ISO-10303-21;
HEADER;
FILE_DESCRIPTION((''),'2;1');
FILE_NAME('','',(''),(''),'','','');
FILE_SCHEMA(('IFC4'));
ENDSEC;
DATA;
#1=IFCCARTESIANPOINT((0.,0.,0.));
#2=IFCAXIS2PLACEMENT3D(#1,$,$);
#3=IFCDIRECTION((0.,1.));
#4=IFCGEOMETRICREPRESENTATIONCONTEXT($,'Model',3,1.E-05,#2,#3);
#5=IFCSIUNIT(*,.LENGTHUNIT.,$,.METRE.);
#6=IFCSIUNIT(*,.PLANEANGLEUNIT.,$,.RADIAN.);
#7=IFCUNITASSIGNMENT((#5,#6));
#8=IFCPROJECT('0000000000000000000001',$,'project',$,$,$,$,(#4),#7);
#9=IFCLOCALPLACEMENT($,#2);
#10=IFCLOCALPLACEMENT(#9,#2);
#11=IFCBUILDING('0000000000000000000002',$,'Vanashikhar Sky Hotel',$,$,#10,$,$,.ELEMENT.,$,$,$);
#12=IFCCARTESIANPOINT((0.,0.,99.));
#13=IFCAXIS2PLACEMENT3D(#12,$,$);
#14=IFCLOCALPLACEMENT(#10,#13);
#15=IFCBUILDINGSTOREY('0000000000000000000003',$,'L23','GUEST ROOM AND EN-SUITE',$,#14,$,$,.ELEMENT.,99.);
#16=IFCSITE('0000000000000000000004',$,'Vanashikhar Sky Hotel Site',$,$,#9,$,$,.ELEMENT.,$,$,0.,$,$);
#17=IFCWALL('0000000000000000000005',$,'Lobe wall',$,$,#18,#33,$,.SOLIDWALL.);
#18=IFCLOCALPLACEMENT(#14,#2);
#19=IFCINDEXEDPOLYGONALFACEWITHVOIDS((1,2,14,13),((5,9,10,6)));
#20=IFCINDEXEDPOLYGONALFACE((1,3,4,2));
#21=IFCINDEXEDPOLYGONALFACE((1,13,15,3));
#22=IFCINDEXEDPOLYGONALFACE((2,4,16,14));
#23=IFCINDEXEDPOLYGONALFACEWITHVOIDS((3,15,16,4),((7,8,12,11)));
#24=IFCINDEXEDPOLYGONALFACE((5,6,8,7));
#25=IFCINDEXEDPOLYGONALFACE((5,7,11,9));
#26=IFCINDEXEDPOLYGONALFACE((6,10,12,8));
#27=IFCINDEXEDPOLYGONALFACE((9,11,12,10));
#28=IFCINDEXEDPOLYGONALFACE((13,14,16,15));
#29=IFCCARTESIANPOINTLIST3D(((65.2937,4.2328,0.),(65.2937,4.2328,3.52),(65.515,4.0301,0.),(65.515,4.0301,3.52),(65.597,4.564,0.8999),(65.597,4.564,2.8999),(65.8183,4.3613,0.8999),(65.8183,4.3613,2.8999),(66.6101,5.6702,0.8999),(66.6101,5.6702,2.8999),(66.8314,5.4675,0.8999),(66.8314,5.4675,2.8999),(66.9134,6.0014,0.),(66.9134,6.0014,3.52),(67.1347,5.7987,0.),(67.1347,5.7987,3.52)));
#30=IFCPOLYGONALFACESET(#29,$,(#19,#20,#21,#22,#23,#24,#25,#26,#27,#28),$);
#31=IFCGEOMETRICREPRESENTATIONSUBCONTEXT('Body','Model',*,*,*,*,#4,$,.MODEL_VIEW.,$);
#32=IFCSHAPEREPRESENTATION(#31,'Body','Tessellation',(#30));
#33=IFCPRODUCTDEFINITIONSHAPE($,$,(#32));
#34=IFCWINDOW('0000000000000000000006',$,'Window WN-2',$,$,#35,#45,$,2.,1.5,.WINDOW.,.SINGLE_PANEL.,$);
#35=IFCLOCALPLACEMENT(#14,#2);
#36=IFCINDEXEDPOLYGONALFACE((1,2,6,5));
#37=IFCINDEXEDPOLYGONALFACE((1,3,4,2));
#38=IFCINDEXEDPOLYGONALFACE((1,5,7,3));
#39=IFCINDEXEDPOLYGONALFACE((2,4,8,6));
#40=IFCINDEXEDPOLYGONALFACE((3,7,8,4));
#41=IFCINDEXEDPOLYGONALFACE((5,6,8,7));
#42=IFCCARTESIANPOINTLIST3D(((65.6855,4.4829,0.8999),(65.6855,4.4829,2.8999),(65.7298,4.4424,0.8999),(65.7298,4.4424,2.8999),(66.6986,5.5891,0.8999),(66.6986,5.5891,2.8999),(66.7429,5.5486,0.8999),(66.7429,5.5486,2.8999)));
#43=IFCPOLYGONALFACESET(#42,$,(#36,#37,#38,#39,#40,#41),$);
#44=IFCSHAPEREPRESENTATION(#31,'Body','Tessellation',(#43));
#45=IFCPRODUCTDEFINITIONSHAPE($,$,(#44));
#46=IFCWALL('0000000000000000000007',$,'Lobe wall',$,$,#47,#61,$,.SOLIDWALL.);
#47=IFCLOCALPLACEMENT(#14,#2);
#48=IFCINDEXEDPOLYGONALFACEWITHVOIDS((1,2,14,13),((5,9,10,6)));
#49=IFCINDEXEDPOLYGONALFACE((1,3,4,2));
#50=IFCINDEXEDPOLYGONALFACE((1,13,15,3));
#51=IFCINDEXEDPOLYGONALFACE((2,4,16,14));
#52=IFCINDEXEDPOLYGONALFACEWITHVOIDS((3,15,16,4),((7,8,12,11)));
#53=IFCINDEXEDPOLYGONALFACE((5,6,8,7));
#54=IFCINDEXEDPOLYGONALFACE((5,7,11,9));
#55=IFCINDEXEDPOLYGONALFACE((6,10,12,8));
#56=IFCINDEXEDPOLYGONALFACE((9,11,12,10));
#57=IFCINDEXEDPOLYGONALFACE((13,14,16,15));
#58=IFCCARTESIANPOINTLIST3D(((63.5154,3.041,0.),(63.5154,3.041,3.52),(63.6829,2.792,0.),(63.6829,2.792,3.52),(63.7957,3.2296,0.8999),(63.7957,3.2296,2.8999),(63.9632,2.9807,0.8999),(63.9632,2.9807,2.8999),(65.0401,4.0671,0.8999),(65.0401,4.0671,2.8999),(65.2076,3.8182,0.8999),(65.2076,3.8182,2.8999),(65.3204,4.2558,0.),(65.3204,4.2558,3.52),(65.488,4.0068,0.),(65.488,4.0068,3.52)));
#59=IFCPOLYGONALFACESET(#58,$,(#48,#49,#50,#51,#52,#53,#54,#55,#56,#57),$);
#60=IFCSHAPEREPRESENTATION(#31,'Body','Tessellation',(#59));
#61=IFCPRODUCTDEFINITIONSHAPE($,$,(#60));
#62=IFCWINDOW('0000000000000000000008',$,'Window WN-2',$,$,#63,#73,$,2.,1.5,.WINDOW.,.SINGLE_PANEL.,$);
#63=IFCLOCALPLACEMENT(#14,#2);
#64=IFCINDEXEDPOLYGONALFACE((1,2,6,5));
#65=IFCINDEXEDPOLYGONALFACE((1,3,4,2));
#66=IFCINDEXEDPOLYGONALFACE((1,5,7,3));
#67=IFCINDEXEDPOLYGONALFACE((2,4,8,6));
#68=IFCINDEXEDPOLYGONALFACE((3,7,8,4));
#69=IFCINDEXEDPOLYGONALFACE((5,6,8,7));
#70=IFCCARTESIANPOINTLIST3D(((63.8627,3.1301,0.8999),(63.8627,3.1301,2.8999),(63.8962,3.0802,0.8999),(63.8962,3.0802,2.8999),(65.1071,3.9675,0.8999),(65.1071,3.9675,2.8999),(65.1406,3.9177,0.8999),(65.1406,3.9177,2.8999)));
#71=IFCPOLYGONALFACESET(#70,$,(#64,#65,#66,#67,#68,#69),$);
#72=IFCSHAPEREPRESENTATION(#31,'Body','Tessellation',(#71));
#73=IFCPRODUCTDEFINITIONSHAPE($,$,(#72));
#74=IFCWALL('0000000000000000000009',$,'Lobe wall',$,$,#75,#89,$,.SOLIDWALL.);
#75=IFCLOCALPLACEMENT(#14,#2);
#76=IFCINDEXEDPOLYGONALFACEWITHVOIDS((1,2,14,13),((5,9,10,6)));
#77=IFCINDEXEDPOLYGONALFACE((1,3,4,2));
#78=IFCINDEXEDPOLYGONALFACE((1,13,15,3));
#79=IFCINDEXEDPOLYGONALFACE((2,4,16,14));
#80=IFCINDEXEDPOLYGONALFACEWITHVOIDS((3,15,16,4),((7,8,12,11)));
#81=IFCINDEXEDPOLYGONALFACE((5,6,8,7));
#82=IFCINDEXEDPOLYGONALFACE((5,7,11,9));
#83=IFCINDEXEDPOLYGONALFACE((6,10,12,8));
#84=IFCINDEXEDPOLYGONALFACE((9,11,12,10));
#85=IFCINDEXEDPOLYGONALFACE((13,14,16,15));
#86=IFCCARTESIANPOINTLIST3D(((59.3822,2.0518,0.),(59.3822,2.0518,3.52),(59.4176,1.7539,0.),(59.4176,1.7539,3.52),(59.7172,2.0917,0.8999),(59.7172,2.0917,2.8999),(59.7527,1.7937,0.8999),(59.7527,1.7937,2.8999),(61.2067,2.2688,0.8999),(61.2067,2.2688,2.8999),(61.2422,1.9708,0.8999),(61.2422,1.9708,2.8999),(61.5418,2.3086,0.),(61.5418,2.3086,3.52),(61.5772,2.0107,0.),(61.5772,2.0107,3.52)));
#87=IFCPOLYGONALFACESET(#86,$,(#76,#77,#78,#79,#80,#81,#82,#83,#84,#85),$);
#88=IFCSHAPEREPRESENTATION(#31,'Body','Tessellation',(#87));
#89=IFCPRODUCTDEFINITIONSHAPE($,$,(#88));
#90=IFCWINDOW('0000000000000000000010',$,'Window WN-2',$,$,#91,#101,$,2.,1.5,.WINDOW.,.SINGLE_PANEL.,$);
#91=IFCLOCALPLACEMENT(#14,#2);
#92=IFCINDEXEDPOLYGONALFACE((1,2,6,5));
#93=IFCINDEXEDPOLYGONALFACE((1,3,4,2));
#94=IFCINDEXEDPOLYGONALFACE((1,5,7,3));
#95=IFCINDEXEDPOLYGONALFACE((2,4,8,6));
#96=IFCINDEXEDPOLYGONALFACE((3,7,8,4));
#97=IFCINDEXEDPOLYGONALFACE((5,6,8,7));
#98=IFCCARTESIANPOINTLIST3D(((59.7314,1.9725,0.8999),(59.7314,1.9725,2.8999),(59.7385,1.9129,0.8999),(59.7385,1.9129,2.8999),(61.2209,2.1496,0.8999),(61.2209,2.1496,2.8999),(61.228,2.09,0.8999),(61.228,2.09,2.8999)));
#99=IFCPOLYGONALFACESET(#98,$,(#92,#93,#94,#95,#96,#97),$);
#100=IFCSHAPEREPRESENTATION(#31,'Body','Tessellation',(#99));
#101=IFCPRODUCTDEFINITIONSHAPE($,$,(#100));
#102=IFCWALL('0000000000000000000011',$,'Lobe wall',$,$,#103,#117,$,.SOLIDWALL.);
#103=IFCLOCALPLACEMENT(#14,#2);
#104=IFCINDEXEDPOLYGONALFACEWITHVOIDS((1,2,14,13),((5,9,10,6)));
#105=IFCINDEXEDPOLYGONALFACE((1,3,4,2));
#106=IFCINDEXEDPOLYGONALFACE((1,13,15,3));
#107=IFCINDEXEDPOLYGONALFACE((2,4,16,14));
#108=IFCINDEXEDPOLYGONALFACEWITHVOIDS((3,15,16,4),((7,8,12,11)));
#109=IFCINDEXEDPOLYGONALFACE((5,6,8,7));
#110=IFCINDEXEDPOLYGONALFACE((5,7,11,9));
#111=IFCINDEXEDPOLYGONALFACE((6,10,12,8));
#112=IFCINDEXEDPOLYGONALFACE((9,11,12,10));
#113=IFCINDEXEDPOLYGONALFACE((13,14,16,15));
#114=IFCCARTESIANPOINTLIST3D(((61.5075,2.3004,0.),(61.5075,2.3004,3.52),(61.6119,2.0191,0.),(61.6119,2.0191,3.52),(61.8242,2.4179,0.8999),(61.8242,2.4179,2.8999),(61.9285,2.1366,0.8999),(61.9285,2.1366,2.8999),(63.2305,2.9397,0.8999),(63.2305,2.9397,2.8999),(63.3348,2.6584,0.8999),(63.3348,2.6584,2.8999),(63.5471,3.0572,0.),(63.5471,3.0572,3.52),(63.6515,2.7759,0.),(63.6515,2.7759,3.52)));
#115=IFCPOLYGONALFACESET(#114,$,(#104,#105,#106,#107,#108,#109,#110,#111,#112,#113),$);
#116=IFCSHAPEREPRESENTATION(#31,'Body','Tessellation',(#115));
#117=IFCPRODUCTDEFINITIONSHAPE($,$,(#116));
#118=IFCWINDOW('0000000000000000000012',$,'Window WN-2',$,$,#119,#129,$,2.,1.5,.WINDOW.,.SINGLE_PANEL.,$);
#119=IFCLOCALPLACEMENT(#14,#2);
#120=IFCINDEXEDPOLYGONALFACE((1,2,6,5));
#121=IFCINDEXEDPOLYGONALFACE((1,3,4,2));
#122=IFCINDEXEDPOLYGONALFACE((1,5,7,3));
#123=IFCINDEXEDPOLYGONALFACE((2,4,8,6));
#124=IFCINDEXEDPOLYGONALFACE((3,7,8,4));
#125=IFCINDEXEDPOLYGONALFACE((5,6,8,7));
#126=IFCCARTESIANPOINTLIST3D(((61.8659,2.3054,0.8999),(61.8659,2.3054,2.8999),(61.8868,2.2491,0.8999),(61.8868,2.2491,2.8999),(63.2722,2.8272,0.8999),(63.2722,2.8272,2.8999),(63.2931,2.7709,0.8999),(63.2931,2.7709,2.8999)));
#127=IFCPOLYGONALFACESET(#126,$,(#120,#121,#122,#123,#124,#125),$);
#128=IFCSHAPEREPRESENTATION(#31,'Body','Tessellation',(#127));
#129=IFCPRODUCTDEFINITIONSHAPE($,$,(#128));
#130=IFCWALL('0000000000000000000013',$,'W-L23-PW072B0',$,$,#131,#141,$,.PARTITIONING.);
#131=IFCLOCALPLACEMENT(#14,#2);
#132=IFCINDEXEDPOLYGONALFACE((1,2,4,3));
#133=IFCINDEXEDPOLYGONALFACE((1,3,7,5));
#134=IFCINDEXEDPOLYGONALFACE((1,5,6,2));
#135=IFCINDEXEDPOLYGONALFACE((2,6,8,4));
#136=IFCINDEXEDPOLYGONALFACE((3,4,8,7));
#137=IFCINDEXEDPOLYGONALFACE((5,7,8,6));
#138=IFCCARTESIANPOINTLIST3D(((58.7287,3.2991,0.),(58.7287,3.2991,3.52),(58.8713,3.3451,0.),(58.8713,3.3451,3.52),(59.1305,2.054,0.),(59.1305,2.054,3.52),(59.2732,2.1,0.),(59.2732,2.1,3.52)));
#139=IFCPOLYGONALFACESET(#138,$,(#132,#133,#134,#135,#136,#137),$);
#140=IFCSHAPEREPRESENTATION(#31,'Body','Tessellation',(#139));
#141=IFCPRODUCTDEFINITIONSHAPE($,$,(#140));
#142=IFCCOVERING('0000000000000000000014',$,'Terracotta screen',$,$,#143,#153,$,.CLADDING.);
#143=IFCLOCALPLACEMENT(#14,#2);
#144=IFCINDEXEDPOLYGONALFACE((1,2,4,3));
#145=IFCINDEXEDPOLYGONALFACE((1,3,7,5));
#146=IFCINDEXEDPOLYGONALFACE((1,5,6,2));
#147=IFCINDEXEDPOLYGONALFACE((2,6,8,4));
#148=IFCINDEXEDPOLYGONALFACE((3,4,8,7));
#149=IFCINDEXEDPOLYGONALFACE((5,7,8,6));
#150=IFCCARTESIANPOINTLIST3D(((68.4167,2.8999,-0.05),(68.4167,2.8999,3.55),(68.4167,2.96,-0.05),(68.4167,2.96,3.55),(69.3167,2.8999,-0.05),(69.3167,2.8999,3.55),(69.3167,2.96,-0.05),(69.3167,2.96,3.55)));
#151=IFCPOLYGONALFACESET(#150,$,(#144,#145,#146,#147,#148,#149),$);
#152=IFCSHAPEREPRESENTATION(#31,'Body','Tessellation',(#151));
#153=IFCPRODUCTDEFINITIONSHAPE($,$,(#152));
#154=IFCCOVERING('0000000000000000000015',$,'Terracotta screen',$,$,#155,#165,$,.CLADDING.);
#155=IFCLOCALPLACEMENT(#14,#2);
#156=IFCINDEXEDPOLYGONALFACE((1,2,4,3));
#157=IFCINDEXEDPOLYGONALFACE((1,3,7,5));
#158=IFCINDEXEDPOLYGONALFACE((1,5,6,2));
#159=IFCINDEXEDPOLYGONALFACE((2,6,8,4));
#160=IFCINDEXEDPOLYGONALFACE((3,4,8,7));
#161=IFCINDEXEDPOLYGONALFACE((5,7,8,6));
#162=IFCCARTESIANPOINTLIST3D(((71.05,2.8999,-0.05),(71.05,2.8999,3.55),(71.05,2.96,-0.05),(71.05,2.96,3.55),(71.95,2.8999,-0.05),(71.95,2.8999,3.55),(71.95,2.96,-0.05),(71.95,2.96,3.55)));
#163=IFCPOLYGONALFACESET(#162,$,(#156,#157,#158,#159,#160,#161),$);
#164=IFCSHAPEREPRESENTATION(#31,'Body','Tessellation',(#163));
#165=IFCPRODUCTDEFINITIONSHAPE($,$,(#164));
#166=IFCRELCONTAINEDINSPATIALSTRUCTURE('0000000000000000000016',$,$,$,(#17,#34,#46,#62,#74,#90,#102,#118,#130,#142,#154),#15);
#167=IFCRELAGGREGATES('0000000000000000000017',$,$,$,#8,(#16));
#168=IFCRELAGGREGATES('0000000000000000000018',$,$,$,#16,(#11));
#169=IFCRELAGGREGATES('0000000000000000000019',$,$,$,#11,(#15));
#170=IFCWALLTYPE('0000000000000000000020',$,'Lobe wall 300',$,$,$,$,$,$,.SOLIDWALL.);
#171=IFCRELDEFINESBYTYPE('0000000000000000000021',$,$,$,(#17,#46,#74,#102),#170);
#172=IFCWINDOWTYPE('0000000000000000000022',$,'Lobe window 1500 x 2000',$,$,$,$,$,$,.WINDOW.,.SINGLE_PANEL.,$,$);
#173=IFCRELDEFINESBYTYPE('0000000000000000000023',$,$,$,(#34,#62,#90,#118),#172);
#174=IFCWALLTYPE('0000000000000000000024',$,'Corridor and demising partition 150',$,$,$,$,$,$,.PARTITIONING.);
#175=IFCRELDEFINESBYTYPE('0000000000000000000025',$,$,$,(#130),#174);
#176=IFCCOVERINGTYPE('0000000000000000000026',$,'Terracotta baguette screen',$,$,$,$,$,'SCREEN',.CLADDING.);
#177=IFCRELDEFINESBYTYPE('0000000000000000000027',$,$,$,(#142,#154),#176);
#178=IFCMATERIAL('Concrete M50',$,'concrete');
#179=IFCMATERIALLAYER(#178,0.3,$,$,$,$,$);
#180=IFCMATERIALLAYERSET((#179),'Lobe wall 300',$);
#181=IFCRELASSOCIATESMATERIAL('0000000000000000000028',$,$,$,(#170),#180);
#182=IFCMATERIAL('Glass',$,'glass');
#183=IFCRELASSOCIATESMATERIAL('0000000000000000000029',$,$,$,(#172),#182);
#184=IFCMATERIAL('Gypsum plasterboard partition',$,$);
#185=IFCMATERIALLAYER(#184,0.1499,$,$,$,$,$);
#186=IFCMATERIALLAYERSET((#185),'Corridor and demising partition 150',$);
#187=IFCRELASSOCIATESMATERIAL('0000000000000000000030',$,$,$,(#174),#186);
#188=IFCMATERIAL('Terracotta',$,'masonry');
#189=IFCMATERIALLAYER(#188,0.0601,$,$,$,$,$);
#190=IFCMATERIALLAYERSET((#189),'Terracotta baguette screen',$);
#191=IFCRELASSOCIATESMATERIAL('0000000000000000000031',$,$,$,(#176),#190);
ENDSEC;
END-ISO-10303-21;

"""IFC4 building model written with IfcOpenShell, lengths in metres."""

from ifc_helpers import new_model, si_unit, direction, frame, frame_2d, origin, origin_2d, place, context, subcontext, project, spatial, rectangle, extrude, source, transform, mapped, material, layer, layer_set, type_object, element, fill, save


model = new_model("IFC4")

# Units and contexts
model_context = context("Model", 3, precision=1e-05, world=origin(), true_north=direction((0.0, 1.0)))
body_context = subcontext(model_context, "Body", "Model", "MODEL_VIEW")
ifc_project = project(units=[si_unit("LENGTHUNIT", "METRE"), si_unit("PLANEANGLEUNIT", "RADIAN")], contexts=[model_context])

# Site, building, storey
site_placement = place(None, origin())
site = spatial("IfcSite", under=ifc_project, at=site_placement, Name="Vanashikhar Sky Hotel Site", CompositionType="ELEMENT", RefElevation=0.0)
building_placement = place(site_placement, origin())
building = spatial("IfcBuilding", under=site, at=building_placement, Name="Vanashikhar Sky Hotel", CompositionType="ELEMENT")
storey_placement = place(building_placement, frame((0.0, 0.0, 99.0)))
storey = spatial("IfcBuildingStorey", under=building, at=storey_placement, Name="L23", Description="GUEST ROOM AND EN-SUITE", CompositionType="ELEMENT", Elevation=99.0)

# Walls, openings, windows
ifc_material_1 = material(Name="Concrete M50", Category="concrete")
ifc_layer_1 = layer(ifc_material_1, 0.3)
ifc_layer_set_1 = layer_set([ifc_layer_1], Name="Lobe wall 300")
wall_type_1 = type_object("IfcWallType", Name="Lobe wall 300", PredefinedType="SOLIDWALL", material=ifc_layer_set_1)
shared_shape_1 = source(origin(), body_context, "Body", "SweptSolid", [
    extrude(rectangle(XDim=2.3982, YDim=0.3, at=frame_2d((1.1992, 0.0))), origin(), (0.0, 0.0, 1.0), 3.52),
])
wall_1_placement = place(storey_placement, frame((65.4043, 4.1313, 0.0), z_axis=(0.0, 0.0, 1.0), x_axis=(0.675374, 0.737475, 0.0)))
wall_1 = element("IfcWall", 1, at=wall_1_placement, inside=storey, type_object=wall_type_1, Name="Lobe wall", PredefinedType="SOLIDWALL", context=body_context, shape_type="MappedRepresentation", body=[
    mapped(shared_shape_1, transform((0.0, 0.0, 0.0), scale=1.0)),
])
shared_shape_2 = source(origin(), body_context, "Body", "SweptSolid", [
    extrude(rectangle(XDim=1.5, YDim=2.0, at=frame_2d((0.75, 1.0))), frame((0.0, 0.1602, 0.0), z_axis=(0.0, -1.0, 0.0), x_axis=(1.0, 0.0, 0.0)), (0.0, 0.0, 1.0), 0.3201),
])
opening_1_placement = place(wall_1_placement, frame((0.4492, 0.0, 0.8999)))
opening_1 = element("IfcOpeningElement", 2, at=opening_1_placement, cuts=wall_1, PredefinedType="OPENING", context=body_context, shape_type="MappedRepresentation", body=[
    mapped(shared_shape_2, transform((0.0, 0.0, 0.0), scale=1.0)),
])
ifc_material_2 = material(Name="Glass", Category="glass")
window_type = type_object("IfcWindowType", Name="Lobe window 1500 x 2000", PartitioningType="SINGLE_PANEL", PredefinedType="WINDOW", material=ifc_material_2)
shared_shape_3 = source(origin(), body_context, "Body", "SweptSolid", [
    extrude(rectangle(XDim=1.5, YDim=2.0, at=frame_2d((0.75, 1.0))), frame((0.0, 0.03, 0.0), z_axis=(0.0, -1.0, 0.0), x_axis=(1.0, 0.0, 0.0)), (0.0, 0.0, 1.0), 0.0601),
])
window_1_placement = place(opening_1_placement, origin())
window_1 = element("IfcWindow", 3, at=window_1_placement, inside=storey, type_object=window_type, Name="Window WN-2", OverallHeight=2.0, OverallWidth=1.5, PartitioningType="SINGLE_PANEL", PredefinedType="WINDOW", context=body_context, shape_type="MappedRepresentation", body=[
    mapped(shared_shape_3, transform((0.0, 0.0, 0.0), scale=1.0)),
])
fill(opening_1, window_1)
shared_shape_4 = source(origin(), body_context, "Body", "SweptSolid", [
    extrude(rectangle(XDim=2.1758, YDim=0.3, at=frame_2d((1.0879, 0.0))), origin(), (0.0, 0.0, 1.0), 3.52),
])
wall_2_placement = place(storey_placement, frame((63.5991, 2.9165, 0.0), z_axis=(0.0, 0.0, 1.0), x_axis=(0.829626, 0.55832, 0.0)))
wall_2 = element("IfcWall", 4, at=wall_2_placement, inside=storey, type_object=wall_type_1, Name="Lobe wall", PredefinedType="SOLIDWALL", context=body_context, shape_type="MappedRepresentation", body=[
    mapped(shared_shape_4, transform((0.0, 0.0, 0.0), scale=1.0)),
])
opening_2_placement = place(wall_2_placement, frame((0.3379, 0.0, 0.8999)))
opening_2 = element("IfcOpeningElement", 5, at=opening_2_placement, cuts=wall_2, PredefinedType="OPENING", context=body_context, shape_type="MappedRepresentation", body=[
    mapped(shared_shape_2, transform((0.0, 0.0, 0.0), scale=1.0)),
])
window_2_placement = place(opening_2_placement, origin())
window_2 = element("IfcWindow", 6, at=window_2_placement, inside=storey, type_object=window_type, Name="Window WN-2", OverallHeight=2.0, OverallWidth=1.5, PartitioningType="SINGLE_PANEL", PredefinedType="WINDOW", context=body_context, shape_type="MappedRepresentation", body=[
    mapped(shared_shape_3, transform((0.0, 0.0, 0.0), scale=1.0)),
])
fill(opening_2, window_2)
shared_shape_5 = source(origin(), body_context, "Body", "SweptSolid", [
    extrude(rectangle(XDim=2.1748, YDim=0.3, at=frame_2d((1.0874, 0.0))), origin(), (0.0, 0.0, 1.0), 3.52),
])
wall_3_placement = place(storey_placement, frame((59.3999, 1.9028, 0.0), z_axis=(0.0, 0.0, 1.0), x_axis=(0.993003, 0.118092, 0.0)))
wall_3 = element("IfcWall", 7, at=wall_3_placement, inside=storey, type_object=wall_type_1, Name="Lobe wall", PredefinedType="SOLIDWALL", context=body_context, shape_type="MappedRepresentation", body=[
    mapped(shared_shape_5, transform((0.0, 0.0, 0.0), scale=1.0)),
])
opening_3_placement = place(wall_3_placement, frame((0.3374, 0.0, 0.8999)))
opening_3 = element("IfcOpeningElement", 8, at=opening_3_placement, cuts=wall_3, PredefinedType="OPENING", context=body_context, shape_type="MappedRepresentation", body=[
    mapped(shared_shape_2, transform((0.0, 0.0, 0.0), scale=1.0)),
])
window_3_placement = place(opening_3_placement, origin())
window_3 = element("IfcWindow", 9, at=window_3_placement, inside=storey, type_object=window_type, Name="Window WN-2", OverallHeight=2.0, OverallWidth=1.5, PartitioningType="SINGLE_PANEL", PredefinedType="WINDOW", context=body_context, shape_type="MappedRepresentation", body=[
    mapped(shared_shape_3, transform((0.0, 0.0, 0.0), scale=1.0)),
])
fill(opening_3, window_3)
shared_shape_6 = source(origin(), body_context, "Body", "SweptSolid", [
    extrude(rectangle(XDim=2.1755, YDim=0.3, at=frame_2d((1.0879, 0.0))), origin(), (0.0, 0.0, 1.0), 3.52),
])
wall_4_placement = place(storey_placement, frame((61.5596, 2.1597, 0.0), z_axis=(0.0, 0.0, 1.0), x_axis=(0.937532, 0.347899, 0.0)))
wall_4 = element("IfcWall", 10, at=wall_4_placement, inside=storey, type_object=wall_type_1, Name="Lobe wall", PredefinedType="SOLIDWALL", context=body_context, shape_type="MappedRepresentation", body=[
    mapped(shared_shape_6, transform((0.0, 0.0, 0.0), scale=1.0)),
])
opening_4_placement = place(wall_4_placement, frame((0.3379, 0.0, 0.8999)))
opening_4 = element("IfcOpeningElement", 11, at=opening_4_placement, cuts=wall_4, PredefinedType="OPENING", context=body_context, shape_type="MappedRepresentation", body=[
    mapped(shared_shape_2, transform((0.0, 0.0, 0.0), scale=1.0)),
])
window_4_placement = place(opening_4_placement, origin())
window_4 = element("IfcWindow", 12, at=window_4_placement, inside=storey, type_object=window_type, Name="Window WN-2", OverallHeight=2.0, OverallWidth=1.5, PartitioningType="SINGLE_PANEL", PredefinedType="WINDOW", context=body_context, shape_type="MappedRepresentation", body=[
    mapped(shared_shape_3, transform((0.0, 0.0, 0.0), scale=1.0)),
])
fill(opening_4, window_4)

# Wall
ifc_material_3 = material(Name="Gypsum plasterboard partition")
ifc_layer_2 = layer(ifc_material_3, 0.1499)
ifc_layer_set_2 = layer_set([ifc_layer_2], Name="Corridor and demising partition 150")
wall_type_2 = type_object("IfcWallType", Name="Corridor and demising partition 150", PredefinedType="PARTITIONING", material=ifc_layer_set_2)
shared_shape_7 = source(origin(), body_context, "Body", "SweptSolid", [
    extrude(rectangle(XDim=1.3083, YDim=0.1499, at=frame_2d((0.6543, 0.0))), origin(), (0.0, 0.0, 1.0), 3.52),
])
wall_5_placement = place(storey_placement, frame((59.2019, 2.0769, 0.0), z_axis=(0.0, 0.0, 1.0), x_axis=(-0.307145, 0.951663, 0.0)))
element("IfcWall", 13, at=wall_5_placement, inside=storey, type_object=wall_type_2, Name="W-L23-PW072B0", PredefinedType="PARTITIONING", context=body_context, shape_type="MappedRepresentation", body=[
    mapped(shared_shape_7, transform((0.0, 0.0, 0.0), scale=1.0)),
])

# Coverings
ifc_material_4 = material(Name="Terracotta", Category="masonry")
ifc_layer_3 = layer(ifc_material_4, 0.0601)
ifc_layer_set_3 = layer_set([ifc_layer_3], Name="Terracotta baguette screen")
covering_type_1 = type_object("IfcCoveringType", Name="Terracotta baguette screen", ElementType="SCREEN", PredefinedType="CLADDING", material=ifc_layer_set_3)
shared_shape_8 = source(origin(), body_context, "Body", "SweptSolid", [
    extrude(rectangle(XDim=0.8999, YDim=0.0601, at=origin_2d()), origin(), (0.0, 0.0, 1.0), 3.6001),
])
for number, where, z_axis, x_axis, name in (
    (14, (68.8667, 2.9299, -0.05), (0.0, 0.0, 1.0), (1.0, 0.0, 0.0), "Terracotta screen"),
    (15, (71.5, 2.9299, -0.05), (0.0, 0.0, 1.0), (1.0, 0.0, 0.0), "Terracotta screen"),
):
    element("IfcCovering", number, at=place(storey_placement, frame(where, z_axis=z_axis, x_axis=x_axis)), inside=storey, type_object=covering_type_1, Name=name, PredefinedType="CLADDING", context=body_context, shape_type="MappedRepresentation", body=[
        mapped(shared_shape_8, transform((0.0, 0.0, 0.0), scale=1.0)),
    ])

save(model, "model.ifc")
